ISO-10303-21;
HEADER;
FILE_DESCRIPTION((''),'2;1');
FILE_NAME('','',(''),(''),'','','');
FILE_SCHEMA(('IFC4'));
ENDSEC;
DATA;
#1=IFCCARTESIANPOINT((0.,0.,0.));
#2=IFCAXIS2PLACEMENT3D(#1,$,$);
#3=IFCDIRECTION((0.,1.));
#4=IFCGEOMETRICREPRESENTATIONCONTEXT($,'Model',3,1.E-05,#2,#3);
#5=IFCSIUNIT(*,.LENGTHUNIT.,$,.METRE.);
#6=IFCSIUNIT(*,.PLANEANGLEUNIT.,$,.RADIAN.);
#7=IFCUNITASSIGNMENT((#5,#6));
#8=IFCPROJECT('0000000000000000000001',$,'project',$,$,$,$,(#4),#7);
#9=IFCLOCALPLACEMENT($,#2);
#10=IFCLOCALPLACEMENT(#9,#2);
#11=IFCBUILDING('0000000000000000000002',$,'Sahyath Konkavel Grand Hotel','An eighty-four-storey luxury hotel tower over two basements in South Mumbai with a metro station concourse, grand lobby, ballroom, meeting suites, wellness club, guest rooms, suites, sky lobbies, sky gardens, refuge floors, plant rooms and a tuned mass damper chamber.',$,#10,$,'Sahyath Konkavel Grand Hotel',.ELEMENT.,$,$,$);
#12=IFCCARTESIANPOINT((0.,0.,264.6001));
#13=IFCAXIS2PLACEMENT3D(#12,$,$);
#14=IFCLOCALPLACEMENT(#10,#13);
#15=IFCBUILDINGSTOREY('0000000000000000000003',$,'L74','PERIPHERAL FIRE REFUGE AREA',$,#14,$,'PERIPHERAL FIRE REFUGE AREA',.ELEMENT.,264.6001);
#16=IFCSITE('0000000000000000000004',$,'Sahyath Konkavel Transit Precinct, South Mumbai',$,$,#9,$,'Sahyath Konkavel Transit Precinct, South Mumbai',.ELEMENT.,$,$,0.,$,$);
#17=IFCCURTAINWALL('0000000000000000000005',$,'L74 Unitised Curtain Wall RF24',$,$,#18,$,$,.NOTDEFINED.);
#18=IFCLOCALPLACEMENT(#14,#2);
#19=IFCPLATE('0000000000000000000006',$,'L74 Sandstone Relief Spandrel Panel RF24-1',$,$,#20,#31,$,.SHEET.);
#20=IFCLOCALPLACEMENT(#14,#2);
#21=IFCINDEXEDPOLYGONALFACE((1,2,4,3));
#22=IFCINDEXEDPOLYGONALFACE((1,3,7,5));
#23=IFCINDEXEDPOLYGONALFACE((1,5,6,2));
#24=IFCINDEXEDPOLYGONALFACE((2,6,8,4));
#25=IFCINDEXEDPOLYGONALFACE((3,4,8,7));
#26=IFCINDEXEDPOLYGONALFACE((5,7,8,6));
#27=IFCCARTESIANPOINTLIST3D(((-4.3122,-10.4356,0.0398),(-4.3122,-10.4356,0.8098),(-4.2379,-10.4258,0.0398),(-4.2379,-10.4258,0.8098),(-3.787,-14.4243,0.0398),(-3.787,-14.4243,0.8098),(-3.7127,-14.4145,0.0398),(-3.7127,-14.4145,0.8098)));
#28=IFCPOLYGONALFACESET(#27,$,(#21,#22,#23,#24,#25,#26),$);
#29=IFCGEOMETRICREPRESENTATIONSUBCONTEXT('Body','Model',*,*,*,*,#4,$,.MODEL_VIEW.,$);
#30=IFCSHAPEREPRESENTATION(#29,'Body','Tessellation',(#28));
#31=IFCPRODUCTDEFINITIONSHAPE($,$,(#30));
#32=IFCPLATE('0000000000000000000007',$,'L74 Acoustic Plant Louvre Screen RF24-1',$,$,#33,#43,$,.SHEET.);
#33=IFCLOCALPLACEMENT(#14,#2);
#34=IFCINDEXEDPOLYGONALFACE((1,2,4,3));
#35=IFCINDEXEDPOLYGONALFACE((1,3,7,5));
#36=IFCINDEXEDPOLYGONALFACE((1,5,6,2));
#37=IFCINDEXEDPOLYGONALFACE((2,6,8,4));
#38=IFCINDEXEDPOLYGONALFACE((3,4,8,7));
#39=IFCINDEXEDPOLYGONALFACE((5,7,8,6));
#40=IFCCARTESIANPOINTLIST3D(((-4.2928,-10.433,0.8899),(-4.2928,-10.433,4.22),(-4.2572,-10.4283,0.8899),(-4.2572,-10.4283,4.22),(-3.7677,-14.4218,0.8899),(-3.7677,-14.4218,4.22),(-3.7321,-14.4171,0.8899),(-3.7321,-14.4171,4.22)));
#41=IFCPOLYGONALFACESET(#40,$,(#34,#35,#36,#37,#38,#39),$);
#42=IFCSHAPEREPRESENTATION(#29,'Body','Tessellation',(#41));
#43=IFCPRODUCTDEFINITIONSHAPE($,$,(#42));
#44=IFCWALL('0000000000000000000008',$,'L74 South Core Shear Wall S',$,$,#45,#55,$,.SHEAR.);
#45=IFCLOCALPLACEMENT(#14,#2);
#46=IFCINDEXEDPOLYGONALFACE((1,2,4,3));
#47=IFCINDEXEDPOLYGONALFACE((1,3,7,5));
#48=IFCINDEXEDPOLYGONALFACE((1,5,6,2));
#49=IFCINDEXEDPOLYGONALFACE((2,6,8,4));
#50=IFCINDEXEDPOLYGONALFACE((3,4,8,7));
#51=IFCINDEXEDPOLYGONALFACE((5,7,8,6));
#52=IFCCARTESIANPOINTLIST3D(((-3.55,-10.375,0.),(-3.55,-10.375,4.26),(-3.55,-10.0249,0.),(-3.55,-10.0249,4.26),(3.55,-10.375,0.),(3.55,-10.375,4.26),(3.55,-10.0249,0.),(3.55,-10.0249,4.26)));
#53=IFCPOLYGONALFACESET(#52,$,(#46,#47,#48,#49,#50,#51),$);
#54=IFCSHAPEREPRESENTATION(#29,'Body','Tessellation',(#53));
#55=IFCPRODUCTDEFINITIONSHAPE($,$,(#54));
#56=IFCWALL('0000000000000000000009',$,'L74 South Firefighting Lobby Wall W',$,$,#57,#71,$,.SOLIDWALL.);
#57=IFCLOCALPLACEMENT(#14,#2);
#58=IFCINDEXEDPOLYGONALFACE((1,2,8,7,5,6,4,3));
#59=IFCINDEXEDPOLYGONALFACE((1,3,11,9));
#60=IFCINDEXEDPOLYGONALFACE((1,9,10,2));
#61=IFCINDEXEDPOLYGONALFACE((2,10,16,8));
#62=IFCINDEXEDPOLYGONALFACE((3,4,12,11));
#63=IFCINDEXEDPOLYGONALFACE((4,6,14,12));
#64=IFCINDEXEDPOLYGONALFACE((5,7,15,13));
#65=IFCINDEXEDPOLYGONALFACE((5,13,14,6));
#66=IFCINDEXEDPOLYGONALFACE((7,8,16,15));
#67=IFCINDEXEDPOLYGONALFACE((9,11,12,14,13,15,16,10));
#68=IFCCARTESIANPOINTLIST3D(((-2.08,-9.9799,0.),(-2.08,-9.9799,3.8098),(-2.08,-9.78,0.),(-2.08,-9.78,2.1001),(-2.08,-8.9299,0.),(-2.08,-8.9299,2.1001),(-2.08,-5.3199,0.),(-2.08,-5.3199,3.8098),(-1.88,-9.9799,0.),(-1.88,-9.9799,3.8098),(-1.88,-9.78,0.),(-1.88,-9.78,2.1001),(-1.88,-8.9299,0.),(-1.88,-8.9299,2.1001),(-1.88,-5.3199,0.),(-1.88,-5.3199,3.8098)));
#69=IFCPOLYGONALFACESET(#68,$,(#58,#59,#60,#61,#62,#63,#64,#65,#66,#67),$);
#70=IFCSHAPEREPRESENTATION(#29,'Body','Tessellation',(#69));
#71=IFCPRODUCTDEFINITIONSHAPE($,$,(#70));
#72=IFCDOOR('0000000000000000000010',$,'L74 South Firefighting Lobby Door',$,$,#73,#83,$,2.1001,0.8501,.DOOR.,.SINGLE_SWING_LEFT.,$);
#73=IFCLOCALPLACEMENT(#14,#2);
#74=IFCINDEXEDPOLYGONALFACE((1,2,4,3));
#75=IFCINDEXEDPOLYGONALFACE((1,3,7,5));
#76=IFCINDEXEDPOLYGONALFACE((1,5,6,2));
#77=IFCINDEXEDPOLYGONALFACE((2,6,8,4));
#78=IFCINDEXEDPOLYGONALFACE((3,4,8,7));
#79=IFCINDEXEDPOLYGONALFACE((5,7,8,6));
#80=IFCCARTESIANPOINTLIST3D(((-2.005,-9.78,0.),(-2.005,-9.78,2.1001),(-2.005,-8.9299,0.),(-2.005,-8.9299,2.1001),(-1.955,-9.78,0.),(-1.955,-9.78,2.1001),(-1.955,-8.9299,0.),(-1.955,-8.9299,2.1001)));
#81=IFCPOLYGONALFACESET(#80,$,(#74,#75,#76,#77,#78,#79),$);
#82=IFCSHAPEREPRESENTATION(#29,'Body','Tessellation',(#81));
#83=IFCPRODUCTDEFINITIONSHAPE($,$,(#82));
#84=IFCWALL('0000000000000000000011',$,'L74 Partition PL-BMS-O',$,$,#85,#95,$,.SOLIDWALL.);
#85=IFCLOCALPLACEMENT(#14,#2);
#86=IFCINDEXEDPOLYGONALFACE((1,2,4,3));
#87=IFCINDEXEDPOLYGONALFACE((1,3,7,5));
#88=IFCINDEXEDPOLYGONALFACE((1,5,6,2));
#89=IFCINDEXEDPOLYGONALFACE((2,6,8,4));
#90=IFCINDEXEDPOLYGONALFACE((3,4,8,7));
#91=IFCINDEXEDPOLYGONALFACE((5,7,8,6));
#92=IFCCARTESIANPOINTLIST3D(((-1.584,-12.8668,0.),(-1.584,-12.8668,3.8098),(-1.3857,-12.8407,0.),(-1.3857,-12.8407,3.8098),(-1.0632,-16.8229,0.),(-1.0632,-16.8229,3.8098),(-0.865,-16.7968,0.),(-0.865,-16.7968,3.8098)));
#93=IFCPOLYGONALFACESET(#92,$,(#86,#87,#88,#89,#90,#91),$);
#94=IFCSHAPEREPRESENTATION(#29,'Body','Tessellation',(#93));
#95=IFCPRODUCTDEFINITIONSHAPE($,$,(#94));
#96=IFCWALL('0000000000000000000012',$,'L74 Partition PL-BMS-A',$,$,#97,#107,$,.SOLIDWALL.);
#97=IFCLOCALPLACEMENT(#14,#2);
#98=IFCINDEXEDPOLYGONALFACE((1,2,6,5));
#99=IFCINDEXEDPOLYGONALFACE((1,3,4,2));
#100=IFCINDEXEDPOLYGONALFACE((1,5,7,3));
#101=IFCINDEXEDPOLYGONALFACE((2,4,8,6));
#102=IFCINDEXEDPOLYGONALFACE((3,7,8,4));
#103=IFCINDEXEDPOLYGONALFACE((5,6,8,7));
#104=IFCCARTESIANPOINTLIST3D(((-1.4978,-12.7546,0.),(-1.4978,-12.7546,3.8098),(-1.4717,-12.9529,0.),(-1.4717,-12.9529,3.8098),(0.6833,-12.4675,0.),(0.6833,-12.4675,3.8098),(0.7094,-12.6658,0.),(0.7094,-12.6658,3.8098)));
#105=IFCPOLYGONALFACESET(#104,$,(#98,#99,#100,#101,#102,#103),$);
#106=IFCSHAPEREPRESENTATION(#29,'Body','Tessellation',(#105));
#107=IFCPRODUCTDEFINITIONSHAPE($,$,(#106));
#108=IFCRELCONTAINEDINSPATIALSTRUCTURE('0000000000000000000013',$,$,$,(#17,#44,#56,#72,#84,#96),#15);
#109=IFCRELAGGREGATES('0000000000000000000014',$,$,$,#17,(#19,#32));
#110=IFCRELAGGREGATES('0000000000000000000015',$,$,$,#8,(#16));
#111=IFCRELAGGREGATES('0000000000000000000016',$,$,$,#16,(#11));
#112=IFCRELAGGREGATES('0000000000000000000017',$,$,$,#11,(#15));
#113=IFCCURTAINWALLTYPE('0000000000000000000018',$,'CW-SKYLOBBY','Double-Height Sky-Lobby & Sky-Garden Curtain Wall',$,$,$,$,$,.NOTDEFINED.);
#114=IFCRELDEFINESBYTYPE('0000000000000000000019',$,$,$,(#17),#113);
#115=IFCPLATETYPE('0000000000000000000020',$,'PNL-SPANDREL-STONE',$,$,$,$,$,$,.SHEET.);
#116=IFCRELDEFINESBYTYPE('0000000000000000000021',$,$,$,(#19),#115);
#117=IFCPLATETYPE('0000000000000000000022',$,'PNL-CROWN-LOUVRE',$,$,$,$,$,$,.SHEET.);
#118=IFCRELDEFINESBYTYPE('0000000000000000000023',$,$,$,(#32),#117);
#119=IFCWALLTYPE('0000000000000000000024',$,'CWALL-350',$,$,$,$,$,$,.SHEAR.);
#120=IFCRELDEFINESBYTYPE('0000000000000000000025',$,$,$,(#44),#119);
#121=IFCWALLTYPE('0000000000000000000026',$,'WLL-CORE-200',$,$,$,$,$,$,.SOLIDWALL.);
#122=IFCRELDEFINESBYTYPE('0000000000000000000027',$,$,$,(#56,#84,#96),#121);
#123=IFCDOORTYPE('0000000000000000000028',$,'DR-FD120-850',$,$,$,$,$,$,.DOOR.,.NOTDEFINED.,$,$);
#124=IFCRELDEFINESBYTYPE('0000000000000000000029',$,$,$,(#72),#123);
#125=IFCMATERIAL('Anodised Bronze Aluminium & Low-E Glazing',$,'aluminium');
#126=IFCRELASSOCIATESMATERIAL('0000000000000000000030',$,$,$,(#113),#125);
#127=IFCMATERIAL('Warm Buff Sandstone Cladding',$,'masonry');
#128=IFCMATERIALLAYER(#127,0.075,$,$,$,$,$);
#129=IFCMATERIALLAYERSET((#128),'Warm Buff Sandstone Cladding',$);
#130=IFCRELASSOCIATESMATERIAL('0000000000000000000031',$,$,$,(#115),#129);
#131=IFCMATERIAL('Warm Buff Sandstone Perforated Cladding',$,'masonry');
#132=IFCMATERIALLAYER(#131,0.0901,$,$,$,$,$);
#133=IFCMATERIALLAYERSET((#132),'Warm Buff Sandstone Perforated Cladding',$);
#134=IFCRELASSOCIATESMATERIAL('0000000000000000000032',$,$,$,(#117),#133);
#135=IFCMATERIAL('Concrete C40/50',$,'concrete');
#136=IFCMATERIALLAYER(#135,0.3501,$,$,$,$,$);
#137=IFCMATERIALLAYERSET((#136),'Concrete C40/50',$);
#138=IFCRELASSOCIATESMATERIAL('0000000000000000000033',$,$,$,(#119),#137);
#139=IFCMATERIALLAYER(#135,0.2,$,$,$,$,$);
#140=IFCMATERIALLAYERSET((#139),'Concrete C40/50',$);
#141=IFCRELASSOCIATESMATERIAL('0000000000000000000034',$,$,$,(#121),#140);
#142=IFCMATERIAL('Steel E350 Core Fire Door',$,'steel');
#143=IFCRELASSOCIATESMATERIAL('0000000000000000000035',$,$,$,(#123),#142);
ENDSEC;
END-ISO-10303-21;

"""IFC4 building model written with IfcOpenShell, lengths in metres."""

from ifc_helpers import new_model, si_unit, direction, frame, frame_2d, origin, origin_2d, place, context, subcontext, project, spatial, rectangle, extrude, source, transform, mapped, material, layer, layer_set, type_object, element, fill, aggregate, save


model = new_model("IFC4")

# Units and contexts
model_context = context("Model", 3, precision=1e-05, world=origin(), true_north=direction((0.0, 1.0)))
body_context = subcontext(model_context, "Body", "Model", "MODEL_VIEW")
ifc_project = project(units=[si_unit("LENGTHUNIT", "METRE"), si_unit("PLANEANGLEUNIT", "RADIAN")], contexts=[model_context])

# Site, building, storey
site_placement = place(None, origin())
site = spatial("IfcSite", under=ifc_project, at=site_placement, Name="Sahyath Konkavel Transit Precinct, South Mumbai", LongName="Sahyath Konkavel Transit Precinct, South Mumbai", CompositionType="ELEMENT", RefElevation=0.0)
building_placement = place(site_placement, origin())
building = spatial("IfcBuilding", under=site, at=building_placement, Name="Sahyath Konkavel Grand Hotel", Description="An eighty-four-storey luxury hotel tower over two basements in South Mumbai with a metro station concourse, grand lobby, ballroom, meeting suites, wellness club, guest rooms, suites, sky lobbies, sky gardens, refuge floors, plant rooms and a tuned mass damper chamber.", LongName="Sahyath Konkavel Grand Hotel", CompositionType="ELEMENT")
storey_placement = place(building_placement, frame((0.0, 0.0, 264.6001)))
storey = spatial("IfcBuildingStorey", under=building, at=storey_placement, Name="L74", Description="PERIPHERAL FIRE REFUGE AREA", LongName="PERIPHERAL FIRE REFUGE AREA", CompositionType="ELEMENT", Elevation=264.6001)

# Curtain wall
ifc_material_1 = material(Name="Anodised Bronze Aluminium & Low-E Glazing", Category="aluminium")
curtain_wall_type = type_object("IfcCurtainWallType", Name="CW-SKYLOBBY", Description="Double-Height Sky-Lobby & Sky-Garden Curtain Wall", PredefinedType="NOTDEFINED", material=ifc_material_1)
curtain_wall_placement = place(storey_placement, origin())
curtain_wall = element("IfcCurtainWall", 1, at=curtain_wall_placement, inside=storey, type_object=curtain_wall_type, Name="L74 Unitised Curtain Wall RF24", PredefinedType="NOTDEFINED")

# Plates
ifc_material_2 = material(Name="Warm Buff Sandstone Cladding", Category="masonry")
ifc_layer_1 = layer(ifc_material_2, 0.075)
ifc_layer_set_1 = layer_set([ifc_layer_1], Name="Warm Buff Sandstone Cladding")
plate_type_1 = type_object("IfcPlateType", Name="PNL-SPANDREL-STONE", PredefinedType="SHEET", material=ifc_layer_set_1)
shared_shape_1 = source(origin(), body_context, "Body", "SweptSolid", [
    extrude(rectangle(XDim=4.0232, YDim=0.075, at=origin_2d()), origin(), (0.0, 0.0, 1.0), 0.77),
])
plate_1_placement = place(storey_placement, frame((-4.0125, -12.425, 0.0398), z_axis=(0.0, 0.0, 1.0), x_axis=(0.130526, -0.991445, 0.0)))
plate_1 = element("IfcPlate", 2, at=plate_1_placement, type_object=plate_type_1, Name="L74 Sandstone Relief Spandrel Panel RF24-1", PredefinedType="SHEET", context=body_context, shape_type="MappedRepresentation", body=[
    mapped(shared_shape_1, transform((0.0, 0.0, 0.0), scale=1.0)),
])
ifc_material_3 = material(Name="Warm Buff Sandstone Perforated Cladding", Category="masonry")
ifc_layer_2 = layer(ifc_material_3, 0.0901)
ifc_layer_set_2 = layer_set([ifc_layer_2], Name="Warm Buff Sandstone Perforated Cladding")
plate_type_2 = type_object("IfcPlateType", Name="PNL-CROWN-LOUVRE", PredefinedType="SHEET", material=ifc_layer_set_2)
shared_shape_2 = source(origin(), body_context, "Body", "SweptSolid", [
    extrude(rectangle(XDim=4.0232, YDim=0.0359, at=origin_2d()), origin(), (0.0, 0.0, 1.0), 3.3301),
])
plate_2_placement = place(storey_placement, frame((-4.0125, -12.425, 0.8899), z_axis=(0.0, 0.0, 1.0), x_axis=(0.130526, -0.991445, 0.0)))
plate_2 = element("IfcPlate", 3, at=plate_2_placement, type_object=plate_type_2, Name="L74 Acoustic Plant Louvre Screen RF24-1", PredefinedType="SHEET", context=body_context, shape_type="MappedRepresentation", body=[
    mapped(shared_shape_2, transform((0.0, 0.0, 0.0), scale=1.0)),
])
aggregate(curtain_wall, [plate_1, plate_2])

# Wall
ifc_material_4 = material(Name="Concrete C40/50", Category="concrete")
ifc_layer_3 = layer(ifc_material_4, 0.3501)
ifc_layer_set_3 = layer_set([ifc_layer_3], Name="Concrete C40/50")
wall_type_1 = type_object("IfcWallType", Name="CWALL-350", PredefinedType="SHEAR", material=ifc_layer_set_3)
wall_1_placement = place(storey_placement, frame((-3.55, -10.2, 0.0), z_axis=(0.0, 0.0, 1.0), x_axis=(1.0, 0.0, 0.0)))
element("IfcWall", 4, at=wall_1_placement, inside=storey, type_object=wall_type_1, Name="L74 South Core Shear Wall S", PredefinedType="SHEAR", context=body_context, shape_type="SweptSolid", body=[
    extrude(rectangle(XDim=7.1001, YDim=0.3501, at=frame_2d((3.55, 0.0))), origin(), (0.0, 0.0, 1.0), 4.26),
])

# Wall, opening, door
ifc_layer_4 = layer(ifc_material_4, 0.2)
ifc_layer_set_4 = layer_set([ifc_layer_4], Name="Concrete C40/50")
wall_type_2 = type_object("IfcWallType", Name="WLL-CORE-200", PredefinedType="SOLIDWALL", material=ifc_layer_set_4)
wall_2_placement = place(storey_placement, frame((-1.98, -9.98, 0.0), z_axis=(0.0, 0.0, 1.0), x_axis=(0.0, 1.0, 0.0)))
wall_2 = element("IfcWall", 5, at=wall_2_placement, inside=storey, type_object=wall_type_2, Name="L74 South Firefighting Lobby Wall W", PredefinedType="SOLIDWALL", context=body_context, shape_type="SweptSolid", body=[
    extrude(rectangle(XDim=4.6599, YDim=0.2, at=frame_2d((2.3301, 0.0))), origin(), (0.0, 0.0, 1.0), 3.8098),
])
opening_placement = place(wall_2_placement, frame((0.2, 0.0, 0.0)))
opening = element("IfcOpeningElement", 6, at=opening_placement, cuts=wall_2, PredefinedType="OPENING", context=body_context, shape_type="SweptSolid", body=[
    extrude(rectangle(XDim=0.8501, YDim=2.1001, at=frame_2d((0.425, 1.05))), frame((0.0, 0.1099, 0.0), z_axis=(0.0, -1.0, 0.0), x_axis=(1.0, 0.0, 0.0)), (0.0, 0.0, 1.0), 0.22),
])
ifc_material_5 = material(Name="Steel E350 Core Fire Door", Category="steel")
door_type = type_object("IfcDoorType", Name="DR-FD120-850", OperationType="NOTDEFINED", PredefinedType="DOOR", material=ifc_material_5)
shared_shape_3 = source(origin(), body_context, "Body", "SweptSolid", [
    extrude(rectangle(XDim=0.8501, YDim=0.05, at=origin_2d()), origin(), (0.0, 0.0, 1.0), 2.1001),
])
door_placement = place(opening_placement, frame((0.425, 0.0, 0.0)))
door = element("IfcDoor", 7, at=door_placement, inside=storey, type_object=door_type, Name="L74 South Firefighting Lobby Door", OperationType="SINGLE_SWING_LEFT", OverallHeight=2.1001, OverallWidth=0.8501, PredefinedType="DOOR", context=body_context, shape_type="MappedRepresentation", body=[
    mapped(shared_shape_3, transform((0.0, 0.0, 0.0), scale=1.0)),
])
fill(opening, door)

# Walls
wall_3_placement = place(storey_placement, frame((-1.4849, -12.8538, 0.0), z_axis=(0.0, 0.0, 1.0), x_axis=(0.130508, -0.991447, 0.0)))
element("IfcWall", 8, at=wall_3_placement, inside=storey, type_object=wall_type_2, Name="L74 Partition PL-BMS-O", PredefinedType="SOLIDWALL", context=body_context, shape_type="SweptSolid", body=[
    extrude(rectangle(XDim=3.9902, YDim=0.2, at=frame_2d((1.9951, 0.0))), origin(), (0.0, 0.0, 1.0), 3.8098),
])
wall_4_placement = place(storey_placement, frame((-1.4849, -12.8538, 0.0), z_axis=(0.0, 0.0, 1.0), x_axis=(0.991447, 0.130506, 0.0)))
element("IfcWall", 9, at=wall_4_placement, inside=storey, type_object=wall_type_2, Name="L74 Partition PL-BMS-A", PredefinedType="SOLIDWALL", context=body_context, shape_type="SweptSolid", body=[
    extrude(rectangle(XDim=2.2, YDim=0.2, at=frame_2d((1.1001, 0.0))), origin(), (0.0, 0.0, 1.0), 3.8098),
])

save(model, "model.ifc")
